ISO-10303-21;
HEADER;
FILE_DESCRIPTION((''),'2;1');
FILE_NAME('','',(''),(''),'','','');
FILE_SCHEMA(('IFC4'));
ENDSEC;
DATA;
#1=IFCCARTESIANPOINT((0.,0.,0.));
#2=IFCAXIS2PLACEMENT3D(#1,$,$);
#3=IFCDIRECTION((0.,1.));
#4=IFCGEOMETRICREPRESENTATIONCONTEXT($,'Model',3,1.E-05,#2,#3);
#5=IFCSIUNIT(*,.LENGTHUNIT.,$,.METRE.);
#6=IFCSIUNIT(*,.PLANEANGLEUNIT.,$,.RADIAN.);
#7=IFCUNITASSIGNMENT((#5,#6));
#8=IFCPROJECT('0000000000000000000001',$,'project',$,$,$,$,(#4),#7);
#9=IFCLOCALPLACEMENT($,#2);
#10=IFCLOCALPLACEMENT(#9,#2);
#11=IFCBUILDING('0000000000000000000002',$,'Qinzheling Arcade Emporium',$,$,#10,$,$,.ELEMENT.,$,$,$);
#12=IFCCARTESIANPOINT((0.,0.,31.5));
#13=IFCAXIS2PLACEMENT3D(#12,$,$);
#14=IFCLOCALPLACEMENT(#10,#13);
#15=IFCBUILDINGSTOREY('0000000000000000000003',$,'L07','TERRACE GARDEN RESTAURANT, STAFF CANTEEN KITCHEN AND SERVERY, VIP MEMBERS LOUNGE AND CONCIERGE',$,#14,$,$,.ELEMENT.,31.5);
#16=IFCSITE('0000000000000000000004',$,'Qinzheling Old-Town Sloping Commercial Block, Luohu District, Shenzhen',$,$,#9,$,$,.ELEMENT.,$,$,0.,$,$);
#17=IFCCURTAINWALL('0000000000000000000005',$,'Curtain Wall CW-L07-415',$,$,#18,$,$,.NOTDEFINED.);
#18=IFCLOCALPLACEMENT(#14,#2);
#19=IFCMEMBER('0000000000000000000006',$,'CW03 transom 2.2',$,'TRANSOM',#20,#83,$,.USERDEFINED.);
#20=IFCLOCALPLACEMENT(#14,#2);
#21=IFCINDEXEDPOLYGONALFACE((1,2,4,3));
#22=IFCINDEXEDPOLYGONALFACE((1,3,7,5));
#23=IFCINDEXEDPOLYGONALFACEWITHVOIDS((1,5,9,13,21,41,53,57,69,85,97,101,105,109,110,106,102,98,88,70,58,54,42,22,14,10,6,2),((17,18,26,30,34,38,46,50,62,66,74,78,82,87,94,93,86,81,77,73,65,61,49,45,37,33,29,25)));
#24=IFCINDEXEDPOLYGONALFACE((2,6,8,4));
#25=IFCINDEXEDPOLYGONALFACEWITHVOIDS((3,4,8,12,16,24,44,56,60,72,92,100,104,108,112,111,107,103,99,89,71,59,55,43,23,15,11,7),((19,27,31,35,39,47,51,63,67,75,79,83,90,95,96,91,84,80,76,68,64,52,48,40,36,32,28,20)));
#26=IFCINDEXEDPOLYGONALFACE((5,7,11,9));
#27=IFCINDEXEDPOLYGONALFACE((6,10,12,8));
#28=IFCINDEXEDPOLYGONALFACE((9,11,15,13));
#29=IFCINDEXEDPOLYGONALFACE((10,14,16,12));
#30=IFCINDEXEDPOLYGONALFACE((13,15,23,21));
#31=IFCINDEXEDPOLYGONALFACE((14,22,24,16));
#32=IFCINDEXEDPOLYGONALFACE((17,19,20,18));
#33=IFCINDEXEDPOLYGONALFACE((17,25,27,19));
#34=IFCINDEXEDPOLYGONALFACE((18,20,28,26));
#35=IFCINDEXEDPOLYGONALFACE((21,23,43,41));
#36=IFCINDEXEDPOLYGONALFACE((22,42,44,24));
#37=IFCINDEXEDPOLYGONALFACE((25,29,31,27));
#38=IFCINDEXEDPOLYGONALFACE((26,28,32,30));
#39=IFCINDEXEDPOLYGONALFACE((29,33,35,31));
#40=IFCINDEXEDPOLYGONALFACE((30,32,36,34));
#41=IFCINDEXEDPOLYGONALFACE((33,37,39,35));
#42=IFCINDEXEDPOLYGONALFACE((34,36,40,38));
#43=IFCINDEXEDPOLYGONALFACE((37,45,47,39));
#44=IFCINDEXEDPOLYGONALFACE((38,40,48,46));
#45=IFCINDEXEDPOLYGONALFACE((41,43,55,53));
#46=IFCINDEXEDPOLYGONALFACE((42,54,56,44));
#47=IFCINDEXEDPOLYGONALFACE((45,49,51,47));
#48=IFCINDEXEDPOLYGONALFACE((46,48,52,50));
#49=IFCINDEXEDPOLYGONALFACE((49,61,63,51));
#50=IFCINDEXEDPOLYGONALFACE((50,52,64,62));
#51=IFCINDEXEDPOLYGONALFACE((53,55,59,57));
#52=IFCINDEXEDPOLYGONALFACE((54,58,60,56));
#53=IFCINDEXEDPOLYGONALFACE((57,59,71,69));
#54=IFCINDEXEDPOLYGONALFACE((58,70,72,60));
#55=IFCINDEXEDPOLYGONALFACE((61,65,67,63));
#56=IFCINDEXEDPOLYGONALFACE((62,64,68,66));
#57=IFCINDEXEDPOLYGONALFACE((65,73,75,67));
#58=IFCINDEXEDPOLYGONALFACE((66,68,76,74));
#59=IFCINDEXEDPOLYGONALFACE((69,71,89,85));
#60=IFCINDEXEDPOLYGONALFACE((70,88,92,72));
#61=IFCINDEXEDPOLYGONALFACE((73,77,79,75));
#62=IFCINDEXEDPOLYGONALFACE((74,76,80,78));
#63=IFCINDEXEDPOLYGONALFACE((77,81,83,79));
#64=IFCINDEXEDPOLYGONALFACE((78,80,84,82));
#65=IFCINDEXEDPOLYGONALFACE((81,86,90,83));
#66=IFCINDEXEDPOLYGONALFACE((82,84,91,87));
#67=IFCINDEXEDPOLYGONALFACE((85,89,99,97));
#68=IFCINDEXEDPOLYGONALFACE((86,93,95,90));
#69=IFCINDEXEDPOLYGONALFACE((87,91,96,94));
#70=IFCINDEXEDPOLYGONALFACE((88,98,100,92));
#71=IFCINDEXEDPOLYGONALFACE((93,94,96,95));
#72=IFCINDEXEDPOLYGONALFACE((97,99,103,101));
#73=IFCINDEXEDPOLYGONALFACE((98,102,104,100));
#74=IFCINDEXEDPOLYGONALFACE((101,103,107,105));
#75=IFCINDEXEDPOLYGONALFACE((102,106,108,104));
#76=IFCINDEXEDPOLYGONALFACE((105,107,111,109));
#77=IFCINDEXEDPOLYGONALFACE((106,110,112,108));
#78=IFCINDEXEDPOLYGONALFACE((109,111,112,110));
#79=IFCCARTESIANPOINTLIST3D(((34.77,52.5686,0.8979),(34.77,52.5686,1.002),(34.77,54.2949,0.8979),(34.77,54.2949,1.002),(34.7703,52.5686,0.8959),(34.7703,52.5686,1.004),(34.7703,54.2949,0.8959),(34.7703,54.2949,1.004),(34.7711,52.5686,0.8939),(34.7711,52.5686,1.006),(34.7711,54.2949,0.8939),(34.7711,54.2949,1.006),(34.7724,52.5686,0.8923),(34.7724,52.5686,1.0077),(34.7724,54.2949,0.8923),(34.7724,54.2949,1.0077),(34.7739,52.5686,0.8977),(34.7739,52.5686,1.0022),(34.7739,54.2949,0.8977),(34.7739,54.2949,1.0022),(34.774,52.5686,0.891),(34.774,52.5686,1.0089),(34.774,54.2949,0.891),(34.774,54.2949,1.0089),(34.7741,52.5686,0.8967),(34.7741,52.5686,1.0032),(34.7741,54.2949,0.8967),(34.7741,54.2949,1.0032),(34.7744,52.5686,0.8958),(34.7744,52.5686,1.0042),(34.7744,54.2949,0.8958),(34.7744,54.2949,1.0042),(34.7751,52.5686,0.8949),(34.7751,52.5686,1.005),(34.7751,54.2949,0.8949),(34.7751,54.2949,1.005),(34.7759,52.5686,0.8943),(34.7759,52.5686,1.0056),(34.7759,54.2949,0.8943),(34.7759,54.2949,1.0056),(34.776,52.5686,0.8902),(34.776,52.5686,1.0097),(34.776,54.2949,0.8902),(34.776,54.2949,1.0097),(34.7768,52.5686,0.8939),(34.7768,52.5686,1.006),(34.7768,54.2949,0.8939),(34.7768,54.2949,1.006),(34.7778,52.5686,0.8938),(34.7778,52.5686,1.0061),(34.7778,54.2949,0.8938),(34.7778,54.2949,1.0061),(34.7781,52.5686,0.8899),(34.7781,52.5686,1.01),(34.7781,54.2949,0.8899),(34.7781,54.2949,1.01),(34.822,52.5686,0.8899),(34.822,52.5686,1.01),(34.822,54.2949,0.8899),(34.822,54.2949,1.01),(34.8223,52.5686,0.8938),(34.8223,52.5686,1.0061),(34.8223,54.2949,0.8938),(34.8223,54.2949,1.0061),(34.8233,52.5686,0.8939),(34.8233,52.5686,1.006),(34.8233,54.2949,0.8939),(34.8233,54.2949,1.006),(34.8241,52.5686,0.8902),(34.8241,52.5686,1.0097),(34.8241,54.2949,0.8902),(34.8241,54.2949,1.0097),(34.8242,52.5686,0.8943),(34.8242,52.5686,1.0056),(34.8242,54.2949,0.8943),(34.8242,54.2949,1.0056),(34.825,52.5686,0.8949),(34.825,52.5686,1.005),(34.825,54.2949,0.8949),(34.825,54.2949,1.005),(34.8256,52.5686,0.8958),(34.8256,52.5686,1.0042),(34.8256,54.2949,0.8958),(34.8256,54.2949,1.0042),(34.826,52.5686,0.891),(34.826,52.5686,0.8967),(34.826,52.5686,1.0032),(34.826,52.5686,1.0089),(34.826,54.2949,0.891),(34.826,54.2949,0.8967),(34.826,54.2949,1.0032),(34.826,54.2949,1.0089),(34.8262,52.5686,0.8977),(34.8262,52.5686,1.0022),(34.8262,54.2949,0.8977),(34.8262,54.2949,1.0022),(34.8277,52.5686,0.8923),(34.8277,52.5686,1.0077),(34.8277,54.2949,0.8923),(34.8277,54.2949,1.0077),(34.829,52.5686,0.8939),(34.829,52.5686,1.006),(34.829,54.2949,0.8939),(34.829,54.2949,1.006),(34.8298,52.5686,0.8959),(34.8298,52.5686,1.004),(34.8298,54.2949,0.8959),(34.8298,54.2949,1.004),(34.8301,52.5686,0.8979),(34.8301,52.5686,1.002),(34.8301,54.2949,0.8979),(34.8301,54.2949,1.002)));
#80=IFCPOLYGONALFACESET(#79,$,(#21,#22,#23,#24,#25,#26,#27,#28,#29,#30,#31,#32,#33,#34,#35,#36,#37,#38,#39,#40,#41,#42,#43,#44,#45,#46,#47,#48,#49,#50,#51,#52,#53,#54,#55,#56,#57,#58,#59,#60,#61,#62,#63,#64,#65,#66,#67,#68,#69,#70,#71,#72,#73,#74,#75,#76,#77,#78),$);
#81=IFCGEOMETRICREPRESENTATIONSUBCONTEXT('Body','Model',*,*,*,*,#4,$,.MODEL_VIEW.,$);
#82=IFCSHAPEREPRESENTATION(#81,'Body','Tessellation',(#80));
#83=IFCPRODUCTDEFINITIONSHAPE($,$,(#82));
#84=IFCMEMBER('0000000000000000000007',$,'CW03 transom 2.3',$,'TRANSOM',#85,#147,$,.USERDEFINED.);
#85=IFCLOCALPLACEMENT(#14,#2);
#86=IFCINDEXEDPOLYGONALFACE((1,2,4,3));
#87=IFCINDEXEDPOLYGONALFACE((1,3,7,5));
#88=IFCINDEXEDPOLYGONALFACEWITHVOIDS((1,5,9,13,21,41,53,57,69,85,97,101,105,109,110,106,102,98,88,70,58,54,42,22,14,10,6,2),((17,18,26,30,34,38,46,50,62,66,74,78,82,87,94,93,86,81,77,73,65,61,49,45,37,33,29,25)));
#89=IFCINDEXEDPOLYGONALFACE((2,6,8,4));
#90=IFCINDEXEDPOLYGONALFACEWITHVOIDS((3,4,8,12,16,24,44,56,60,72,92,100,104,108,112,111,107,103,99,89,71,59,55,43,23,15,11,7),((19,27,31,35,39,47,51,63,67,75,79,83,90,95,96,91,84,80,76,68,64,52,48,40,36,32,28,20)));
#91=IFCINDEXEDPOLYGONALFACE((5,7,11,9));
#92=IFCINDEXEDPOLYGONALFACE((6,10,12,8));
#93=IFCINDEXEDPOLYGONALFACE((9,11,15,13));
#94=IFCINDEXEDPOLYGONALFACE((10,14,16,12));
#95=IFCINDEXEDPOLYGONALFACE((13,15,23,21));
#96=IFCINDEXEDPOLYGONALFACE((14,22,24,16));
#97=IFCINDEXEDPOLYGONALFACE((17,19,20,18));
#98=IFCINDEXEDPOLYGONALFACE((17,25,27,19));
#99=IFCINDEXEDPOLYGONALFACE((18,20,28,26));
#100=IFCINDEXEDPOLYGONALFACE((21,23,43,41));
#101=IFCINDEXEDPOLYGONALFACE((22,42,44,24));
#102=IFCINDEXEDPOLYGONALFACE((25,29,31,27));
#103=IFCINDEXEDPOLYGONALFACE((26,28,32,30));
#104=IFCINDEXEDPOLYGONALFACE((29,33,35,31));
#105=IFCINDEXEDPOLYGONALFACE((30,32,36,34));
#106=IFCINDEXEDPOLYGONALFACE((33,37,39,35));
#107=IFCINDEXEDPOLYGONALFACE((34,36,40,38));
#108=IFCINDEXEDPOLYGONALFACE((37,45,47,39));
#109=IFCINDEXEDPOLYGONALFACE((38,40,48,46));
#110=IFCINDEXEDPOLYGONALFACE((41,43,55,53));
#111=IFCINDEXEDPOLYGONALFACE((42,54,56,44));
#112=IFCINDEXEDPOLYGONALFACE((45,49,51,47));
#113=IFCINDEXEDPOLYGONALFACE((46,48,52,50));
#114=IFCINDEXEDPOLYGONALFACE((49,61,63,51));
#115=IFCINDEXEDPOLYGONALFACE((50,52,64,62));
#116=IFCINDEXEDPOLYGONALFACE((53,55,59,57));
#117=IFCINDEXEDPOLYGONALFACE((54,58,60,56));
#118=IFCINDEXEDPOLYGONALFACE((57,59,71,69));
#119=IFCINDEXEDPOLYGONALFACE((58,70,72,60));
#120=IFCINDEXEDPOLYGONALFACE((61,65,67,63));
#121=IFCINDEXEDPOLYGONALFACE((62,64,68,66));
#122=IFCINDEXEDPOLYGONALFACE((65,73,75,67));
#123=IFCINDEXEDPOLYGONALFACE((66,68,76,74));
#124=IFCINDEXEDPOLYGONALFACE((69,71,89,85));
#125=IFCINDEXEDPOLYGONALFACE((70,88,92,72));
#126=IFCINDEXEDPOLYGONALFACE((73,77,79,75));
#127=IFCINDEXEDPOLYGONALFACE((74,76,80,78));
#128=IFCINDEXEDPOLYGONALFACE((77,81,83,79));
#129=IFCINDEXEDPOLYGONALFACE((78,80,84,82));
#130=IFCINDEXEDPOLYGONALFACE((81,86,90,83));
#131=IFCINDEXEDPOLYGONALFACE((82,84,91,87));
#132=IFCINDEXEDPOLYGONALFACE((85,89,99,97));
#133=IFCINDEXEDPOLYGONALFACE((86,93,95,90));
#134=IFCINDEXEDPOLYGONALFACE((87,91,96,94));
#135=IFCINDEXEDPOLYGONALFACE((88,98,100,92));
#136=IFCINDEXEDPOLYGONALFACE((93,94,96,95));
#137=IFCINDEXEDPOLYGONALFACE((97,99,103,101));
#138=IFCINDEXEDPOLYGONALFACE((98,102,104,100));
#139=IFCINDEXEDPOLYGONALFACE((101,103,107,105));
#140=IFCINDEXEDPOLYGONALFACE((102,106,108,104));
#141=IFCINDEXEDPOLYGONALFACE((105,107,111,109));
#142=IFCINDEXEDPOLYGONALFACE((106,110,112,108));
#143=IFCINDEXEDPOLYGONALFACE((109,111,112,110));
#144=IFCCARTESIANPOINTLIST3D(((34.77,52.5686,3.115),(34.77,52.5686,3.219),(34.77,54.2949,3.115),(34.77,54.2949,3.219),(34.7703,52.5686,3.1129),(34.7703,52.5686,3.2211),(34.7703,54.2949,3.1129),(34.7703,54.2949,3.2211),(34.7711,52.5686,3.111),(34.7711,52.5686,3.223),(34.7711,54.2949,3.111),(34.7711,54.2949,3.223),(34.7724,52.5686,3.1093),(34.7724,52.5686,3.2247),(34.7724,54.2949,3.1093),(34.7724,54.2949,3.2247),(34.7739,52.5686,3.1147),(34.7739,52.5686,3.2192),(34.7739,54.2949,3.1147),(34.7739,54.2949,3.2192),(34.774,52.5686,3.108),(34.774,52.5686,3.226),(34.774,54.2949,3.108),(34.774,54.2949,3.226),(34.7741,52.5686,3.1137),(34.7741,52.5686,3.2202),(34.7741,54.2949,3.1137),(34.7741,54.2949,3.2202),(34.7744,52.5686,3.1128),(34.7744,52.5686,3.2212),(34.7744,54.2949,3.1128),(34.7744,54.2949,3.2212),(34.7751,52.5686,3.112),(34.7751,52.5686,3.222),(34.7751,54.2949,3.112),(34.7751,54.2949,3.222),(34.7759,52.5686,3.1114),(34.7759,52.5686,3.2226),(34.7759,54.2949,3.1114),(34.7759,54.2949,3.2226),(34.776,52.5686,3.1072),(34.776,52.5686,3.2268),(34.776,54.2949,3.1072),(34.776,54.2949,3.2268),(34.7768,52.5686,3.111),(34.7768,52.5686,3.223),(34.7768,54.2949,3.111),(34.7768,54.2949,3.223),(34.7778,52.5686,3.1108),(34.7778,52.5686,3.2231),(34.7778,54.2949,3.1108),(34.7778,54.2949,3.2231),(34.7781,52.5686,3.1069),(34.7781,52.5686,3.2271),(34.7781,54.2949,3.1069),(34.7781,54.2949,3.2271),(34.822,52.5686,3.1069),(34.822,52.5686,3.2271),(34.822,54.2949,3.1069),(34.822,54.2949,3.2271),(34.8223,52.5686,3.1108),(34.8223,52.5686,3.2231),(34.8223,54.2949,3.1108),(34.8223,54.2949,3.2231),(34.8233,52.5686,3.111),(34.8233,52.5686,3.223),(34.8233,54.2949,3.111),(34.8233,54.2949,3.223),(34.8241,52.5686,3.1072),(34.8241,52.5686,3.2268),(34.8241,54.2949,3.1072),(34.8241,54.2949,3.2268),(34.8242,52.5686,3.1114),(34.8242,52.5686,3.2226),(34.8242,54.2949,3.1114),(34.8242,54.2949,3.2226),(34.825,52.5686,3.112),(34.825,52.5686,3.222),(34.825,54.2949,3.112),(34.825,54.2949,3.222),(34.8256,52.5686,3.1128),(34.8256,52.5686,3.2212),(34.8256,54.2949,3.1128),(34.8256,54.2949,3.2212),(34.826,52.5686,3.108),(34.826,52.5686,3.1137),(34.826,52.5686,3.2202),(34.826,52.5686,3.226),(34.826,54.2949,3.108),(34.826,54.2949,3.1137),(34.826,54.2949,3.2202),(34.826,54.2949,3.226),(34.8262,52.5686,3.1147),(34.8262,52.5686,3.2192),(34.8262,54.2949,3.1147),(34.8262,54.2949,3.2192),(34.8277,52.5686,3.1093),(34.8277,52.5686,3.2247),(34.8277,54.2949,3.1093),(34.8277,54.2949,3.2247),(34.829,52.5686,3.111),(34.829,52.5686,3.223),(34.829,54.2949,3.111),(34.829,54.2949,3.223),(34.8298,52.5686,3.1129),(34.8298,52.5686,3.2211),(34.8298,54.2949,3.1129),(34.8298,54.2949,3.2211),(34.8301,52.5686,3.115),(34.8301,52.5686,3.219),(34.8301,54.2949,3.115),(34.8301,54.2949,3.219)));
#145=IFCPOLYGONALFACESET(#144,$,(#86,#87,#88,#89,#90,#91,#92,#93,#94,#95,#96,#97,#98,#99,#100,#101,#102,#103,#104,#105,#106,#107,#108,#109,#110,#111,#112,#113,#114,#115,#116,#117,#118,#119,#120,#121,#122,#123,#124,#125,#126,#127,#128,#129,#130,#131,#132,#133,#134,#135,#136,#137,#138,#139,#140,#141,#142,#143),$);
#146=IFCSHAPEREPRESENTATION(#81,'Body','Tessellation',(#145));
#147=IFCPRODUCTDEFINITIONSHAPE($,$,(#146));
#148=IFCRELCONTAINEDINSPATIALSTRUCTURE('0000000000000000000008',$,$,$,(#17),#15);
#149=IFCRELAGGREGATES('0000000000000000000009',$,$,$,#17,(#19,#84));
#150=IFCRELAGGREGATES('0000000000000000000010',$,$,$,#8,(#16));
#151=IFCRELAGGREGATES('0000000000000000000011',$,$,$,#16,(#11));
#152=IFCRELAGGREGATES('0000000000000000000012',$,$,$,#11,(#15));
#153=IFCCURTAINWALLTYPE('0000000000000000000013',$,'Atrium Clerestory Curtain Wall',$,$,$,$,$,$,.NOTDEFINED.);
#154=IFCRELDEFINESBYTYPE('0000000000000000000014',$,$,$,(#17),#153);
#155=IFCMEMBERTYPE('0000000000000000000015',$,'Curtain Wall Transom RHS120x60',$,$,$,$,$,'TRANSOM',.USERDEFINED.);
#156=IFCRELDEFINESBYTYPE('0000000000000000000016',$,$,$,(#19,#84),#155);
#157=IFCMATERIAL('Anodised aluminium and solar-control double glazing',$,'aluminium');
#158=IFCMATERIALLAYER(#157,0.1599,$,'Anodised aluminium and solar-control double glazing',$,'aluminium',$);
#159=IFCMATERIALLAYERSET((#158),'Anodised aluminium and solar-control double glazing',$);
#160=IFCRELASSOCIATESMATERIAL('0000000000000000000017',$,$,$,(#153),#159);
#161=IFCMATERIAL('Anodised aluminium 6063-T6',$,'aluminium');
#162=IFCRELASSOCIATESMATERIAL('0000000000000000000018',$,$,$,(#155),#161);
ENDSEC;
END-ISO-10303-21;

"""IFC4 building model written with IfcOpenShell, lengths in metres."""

from ifc_helpers import new_model, si_unit, direction, frame, origin, origin_2d, place, context, subcontext, project, spatial, hollow_rectangle, extrude, material, layer, layer_set, material_profile, profile_set, type_object, element, aggregate, save


model = new_model("IFC4")

# Units and contexts
model_context = context("Model", 3, precision=1e-05, world=origin(), true_north=direction((0.0, 1.0)))
body_context = subcontext(model_context, "Body", "Model", "MODEL_VIEW")
ifc_project = project(units=[si_unit("LENGTHUNIT", "METRE"), si_unit("PLANEANGLEUNIT", "RADIAN")], contexts=[model_context])

# Site, building, storey
site_placement = place(None, origin())
site = spatial("IfcSite", under=ifc_project, at=site_placement, Name="Qinzheling Old-Town Sloping Commercial Block, Luohu District, Shenzhen", CompositionType="ELEMENT", RefElevation=0.0)
building_placement = place(site_placement, origin())
building = spatial("IfcBuilding", under=site, at=building_placement, Name="Qinzheling Arcade Emporium", CompositionType="ELEMENT")
storey_placement = place(building_placement, frame((0.0, 0.0, 31.5)))
storey = spatial("IfcBuildingStorey", under=building, at=storey_placement, Name="L07", Description="TERRACE GARDEN RESTAURANT, STAFF CANTEEN KITCHEN AND SERVERY, VIP MEMBERS LOUNGE AND CONCIERGE", CompositionType="ELEMENT", Elevation=31.5)

# Curtain wall, members
ifc_material_1 = material(Name="Anodised aluminium and solar-control double glazing", Category="aluminium")
ifc_layer_1 = layer(ifc_material_1, 0.1599, Name="Anodised aluminium and solar-control double glazing", Category="aluminium")
ifc_layer_set_1 = layer_set([ifc_layer_1], Name="Anodised aluminium and solar-control double glazing")
curtain_wall_type = type_object("IfcCurtainWallType", Name="Atrium Clerestory Curtain Wall", PredefinedType="NOTDEFINED", material=ifc_layer_set_1)
curtain_wall_placement = place(storey_placement, origin())
curtain_wall = element("IfcCurtainWall", 1, at=curtain_wall_placement, inside=storey, type_object=curtain_wall_type, Name="Curtain Wall CW-L07-415", PredefinedType="NOTDEFINED")
ifc_material_2 = material(Name="Anodised aluminium 6063-T6", Category="aluminium")
ifc_material_profile_1 = material_profile(ifc_material_2, hollow_rectangle(XDim=0.0601, YDim=0.1201, WallThickness=0.0039, InnerFilletRadius=0.0039, OuterFilletRadius=0.0081, at=origin_2d()), Name="RHS 120x60x4", Category="aluminium")
ifc_profile_set_1 = profile_set([ifc_material_profile_1], Name="Anodised aluminium 6063-T6")
member_type_1 = type_object("IfcMemberType", Name="Curtain Wall Transom RHS120x60", ElementType="TRANSOM", PredefinedType="USERDEFINED", material=ifc_profile_set_1)
member_1_placement = place(storey_placement, frame((34.8, 52.5686, 0.95), z_axis=(0.0, 1.0, 0.0), x_axis=(-1.0, 0.0, 0.0)))
member_1 = element("IfcMember", 2, at=member_1_placement, type_object=member_type_1, Name="CW03 transom 2.2", ObjectType="TRANSOM", PredefinedType="USERDEFINED", context=body_context, shape_type="SweptSolid", body=[
    extrude(hollow_rectangle(XDim=0.0601, YDim=0.1201, WallThickness=0.0039, InnerFilletRadius=0.0039, OuterFilletRadius=0.0081, at=origin_2d()), origin(), (0.0, 0.0, 1.0), 1.7263),
])
member_2_placement = place(storey_placement, frame((34.8, 52.5686, 3.167), z_axis=(0.0, 1.0, 0.0), x_axis=(-1.0, 0.0, 0.0)))
member_2 = element("IfcMember", 3, at=member_2_placement, type_object=member_type_1, Name="CW03 transom 2.3", ObjectType="TRANSOM", PredefinedType="USERDEFINED", context=body_context, shape_type="SweptSolid", body=[
    extrude(hollow_rectangle(XDim=0.0601, YDim=0.1201, WallThickness=0.0039, InnerFilletRadius=0.0039, OuterFilletRadius=0.0081, at=origin_2d()), origin(), (0.0, 0.0, 1.0), 1.7263),
])
aggregate(curtain_wall, [member_1, member_2])

save(model, "model.ifc")
